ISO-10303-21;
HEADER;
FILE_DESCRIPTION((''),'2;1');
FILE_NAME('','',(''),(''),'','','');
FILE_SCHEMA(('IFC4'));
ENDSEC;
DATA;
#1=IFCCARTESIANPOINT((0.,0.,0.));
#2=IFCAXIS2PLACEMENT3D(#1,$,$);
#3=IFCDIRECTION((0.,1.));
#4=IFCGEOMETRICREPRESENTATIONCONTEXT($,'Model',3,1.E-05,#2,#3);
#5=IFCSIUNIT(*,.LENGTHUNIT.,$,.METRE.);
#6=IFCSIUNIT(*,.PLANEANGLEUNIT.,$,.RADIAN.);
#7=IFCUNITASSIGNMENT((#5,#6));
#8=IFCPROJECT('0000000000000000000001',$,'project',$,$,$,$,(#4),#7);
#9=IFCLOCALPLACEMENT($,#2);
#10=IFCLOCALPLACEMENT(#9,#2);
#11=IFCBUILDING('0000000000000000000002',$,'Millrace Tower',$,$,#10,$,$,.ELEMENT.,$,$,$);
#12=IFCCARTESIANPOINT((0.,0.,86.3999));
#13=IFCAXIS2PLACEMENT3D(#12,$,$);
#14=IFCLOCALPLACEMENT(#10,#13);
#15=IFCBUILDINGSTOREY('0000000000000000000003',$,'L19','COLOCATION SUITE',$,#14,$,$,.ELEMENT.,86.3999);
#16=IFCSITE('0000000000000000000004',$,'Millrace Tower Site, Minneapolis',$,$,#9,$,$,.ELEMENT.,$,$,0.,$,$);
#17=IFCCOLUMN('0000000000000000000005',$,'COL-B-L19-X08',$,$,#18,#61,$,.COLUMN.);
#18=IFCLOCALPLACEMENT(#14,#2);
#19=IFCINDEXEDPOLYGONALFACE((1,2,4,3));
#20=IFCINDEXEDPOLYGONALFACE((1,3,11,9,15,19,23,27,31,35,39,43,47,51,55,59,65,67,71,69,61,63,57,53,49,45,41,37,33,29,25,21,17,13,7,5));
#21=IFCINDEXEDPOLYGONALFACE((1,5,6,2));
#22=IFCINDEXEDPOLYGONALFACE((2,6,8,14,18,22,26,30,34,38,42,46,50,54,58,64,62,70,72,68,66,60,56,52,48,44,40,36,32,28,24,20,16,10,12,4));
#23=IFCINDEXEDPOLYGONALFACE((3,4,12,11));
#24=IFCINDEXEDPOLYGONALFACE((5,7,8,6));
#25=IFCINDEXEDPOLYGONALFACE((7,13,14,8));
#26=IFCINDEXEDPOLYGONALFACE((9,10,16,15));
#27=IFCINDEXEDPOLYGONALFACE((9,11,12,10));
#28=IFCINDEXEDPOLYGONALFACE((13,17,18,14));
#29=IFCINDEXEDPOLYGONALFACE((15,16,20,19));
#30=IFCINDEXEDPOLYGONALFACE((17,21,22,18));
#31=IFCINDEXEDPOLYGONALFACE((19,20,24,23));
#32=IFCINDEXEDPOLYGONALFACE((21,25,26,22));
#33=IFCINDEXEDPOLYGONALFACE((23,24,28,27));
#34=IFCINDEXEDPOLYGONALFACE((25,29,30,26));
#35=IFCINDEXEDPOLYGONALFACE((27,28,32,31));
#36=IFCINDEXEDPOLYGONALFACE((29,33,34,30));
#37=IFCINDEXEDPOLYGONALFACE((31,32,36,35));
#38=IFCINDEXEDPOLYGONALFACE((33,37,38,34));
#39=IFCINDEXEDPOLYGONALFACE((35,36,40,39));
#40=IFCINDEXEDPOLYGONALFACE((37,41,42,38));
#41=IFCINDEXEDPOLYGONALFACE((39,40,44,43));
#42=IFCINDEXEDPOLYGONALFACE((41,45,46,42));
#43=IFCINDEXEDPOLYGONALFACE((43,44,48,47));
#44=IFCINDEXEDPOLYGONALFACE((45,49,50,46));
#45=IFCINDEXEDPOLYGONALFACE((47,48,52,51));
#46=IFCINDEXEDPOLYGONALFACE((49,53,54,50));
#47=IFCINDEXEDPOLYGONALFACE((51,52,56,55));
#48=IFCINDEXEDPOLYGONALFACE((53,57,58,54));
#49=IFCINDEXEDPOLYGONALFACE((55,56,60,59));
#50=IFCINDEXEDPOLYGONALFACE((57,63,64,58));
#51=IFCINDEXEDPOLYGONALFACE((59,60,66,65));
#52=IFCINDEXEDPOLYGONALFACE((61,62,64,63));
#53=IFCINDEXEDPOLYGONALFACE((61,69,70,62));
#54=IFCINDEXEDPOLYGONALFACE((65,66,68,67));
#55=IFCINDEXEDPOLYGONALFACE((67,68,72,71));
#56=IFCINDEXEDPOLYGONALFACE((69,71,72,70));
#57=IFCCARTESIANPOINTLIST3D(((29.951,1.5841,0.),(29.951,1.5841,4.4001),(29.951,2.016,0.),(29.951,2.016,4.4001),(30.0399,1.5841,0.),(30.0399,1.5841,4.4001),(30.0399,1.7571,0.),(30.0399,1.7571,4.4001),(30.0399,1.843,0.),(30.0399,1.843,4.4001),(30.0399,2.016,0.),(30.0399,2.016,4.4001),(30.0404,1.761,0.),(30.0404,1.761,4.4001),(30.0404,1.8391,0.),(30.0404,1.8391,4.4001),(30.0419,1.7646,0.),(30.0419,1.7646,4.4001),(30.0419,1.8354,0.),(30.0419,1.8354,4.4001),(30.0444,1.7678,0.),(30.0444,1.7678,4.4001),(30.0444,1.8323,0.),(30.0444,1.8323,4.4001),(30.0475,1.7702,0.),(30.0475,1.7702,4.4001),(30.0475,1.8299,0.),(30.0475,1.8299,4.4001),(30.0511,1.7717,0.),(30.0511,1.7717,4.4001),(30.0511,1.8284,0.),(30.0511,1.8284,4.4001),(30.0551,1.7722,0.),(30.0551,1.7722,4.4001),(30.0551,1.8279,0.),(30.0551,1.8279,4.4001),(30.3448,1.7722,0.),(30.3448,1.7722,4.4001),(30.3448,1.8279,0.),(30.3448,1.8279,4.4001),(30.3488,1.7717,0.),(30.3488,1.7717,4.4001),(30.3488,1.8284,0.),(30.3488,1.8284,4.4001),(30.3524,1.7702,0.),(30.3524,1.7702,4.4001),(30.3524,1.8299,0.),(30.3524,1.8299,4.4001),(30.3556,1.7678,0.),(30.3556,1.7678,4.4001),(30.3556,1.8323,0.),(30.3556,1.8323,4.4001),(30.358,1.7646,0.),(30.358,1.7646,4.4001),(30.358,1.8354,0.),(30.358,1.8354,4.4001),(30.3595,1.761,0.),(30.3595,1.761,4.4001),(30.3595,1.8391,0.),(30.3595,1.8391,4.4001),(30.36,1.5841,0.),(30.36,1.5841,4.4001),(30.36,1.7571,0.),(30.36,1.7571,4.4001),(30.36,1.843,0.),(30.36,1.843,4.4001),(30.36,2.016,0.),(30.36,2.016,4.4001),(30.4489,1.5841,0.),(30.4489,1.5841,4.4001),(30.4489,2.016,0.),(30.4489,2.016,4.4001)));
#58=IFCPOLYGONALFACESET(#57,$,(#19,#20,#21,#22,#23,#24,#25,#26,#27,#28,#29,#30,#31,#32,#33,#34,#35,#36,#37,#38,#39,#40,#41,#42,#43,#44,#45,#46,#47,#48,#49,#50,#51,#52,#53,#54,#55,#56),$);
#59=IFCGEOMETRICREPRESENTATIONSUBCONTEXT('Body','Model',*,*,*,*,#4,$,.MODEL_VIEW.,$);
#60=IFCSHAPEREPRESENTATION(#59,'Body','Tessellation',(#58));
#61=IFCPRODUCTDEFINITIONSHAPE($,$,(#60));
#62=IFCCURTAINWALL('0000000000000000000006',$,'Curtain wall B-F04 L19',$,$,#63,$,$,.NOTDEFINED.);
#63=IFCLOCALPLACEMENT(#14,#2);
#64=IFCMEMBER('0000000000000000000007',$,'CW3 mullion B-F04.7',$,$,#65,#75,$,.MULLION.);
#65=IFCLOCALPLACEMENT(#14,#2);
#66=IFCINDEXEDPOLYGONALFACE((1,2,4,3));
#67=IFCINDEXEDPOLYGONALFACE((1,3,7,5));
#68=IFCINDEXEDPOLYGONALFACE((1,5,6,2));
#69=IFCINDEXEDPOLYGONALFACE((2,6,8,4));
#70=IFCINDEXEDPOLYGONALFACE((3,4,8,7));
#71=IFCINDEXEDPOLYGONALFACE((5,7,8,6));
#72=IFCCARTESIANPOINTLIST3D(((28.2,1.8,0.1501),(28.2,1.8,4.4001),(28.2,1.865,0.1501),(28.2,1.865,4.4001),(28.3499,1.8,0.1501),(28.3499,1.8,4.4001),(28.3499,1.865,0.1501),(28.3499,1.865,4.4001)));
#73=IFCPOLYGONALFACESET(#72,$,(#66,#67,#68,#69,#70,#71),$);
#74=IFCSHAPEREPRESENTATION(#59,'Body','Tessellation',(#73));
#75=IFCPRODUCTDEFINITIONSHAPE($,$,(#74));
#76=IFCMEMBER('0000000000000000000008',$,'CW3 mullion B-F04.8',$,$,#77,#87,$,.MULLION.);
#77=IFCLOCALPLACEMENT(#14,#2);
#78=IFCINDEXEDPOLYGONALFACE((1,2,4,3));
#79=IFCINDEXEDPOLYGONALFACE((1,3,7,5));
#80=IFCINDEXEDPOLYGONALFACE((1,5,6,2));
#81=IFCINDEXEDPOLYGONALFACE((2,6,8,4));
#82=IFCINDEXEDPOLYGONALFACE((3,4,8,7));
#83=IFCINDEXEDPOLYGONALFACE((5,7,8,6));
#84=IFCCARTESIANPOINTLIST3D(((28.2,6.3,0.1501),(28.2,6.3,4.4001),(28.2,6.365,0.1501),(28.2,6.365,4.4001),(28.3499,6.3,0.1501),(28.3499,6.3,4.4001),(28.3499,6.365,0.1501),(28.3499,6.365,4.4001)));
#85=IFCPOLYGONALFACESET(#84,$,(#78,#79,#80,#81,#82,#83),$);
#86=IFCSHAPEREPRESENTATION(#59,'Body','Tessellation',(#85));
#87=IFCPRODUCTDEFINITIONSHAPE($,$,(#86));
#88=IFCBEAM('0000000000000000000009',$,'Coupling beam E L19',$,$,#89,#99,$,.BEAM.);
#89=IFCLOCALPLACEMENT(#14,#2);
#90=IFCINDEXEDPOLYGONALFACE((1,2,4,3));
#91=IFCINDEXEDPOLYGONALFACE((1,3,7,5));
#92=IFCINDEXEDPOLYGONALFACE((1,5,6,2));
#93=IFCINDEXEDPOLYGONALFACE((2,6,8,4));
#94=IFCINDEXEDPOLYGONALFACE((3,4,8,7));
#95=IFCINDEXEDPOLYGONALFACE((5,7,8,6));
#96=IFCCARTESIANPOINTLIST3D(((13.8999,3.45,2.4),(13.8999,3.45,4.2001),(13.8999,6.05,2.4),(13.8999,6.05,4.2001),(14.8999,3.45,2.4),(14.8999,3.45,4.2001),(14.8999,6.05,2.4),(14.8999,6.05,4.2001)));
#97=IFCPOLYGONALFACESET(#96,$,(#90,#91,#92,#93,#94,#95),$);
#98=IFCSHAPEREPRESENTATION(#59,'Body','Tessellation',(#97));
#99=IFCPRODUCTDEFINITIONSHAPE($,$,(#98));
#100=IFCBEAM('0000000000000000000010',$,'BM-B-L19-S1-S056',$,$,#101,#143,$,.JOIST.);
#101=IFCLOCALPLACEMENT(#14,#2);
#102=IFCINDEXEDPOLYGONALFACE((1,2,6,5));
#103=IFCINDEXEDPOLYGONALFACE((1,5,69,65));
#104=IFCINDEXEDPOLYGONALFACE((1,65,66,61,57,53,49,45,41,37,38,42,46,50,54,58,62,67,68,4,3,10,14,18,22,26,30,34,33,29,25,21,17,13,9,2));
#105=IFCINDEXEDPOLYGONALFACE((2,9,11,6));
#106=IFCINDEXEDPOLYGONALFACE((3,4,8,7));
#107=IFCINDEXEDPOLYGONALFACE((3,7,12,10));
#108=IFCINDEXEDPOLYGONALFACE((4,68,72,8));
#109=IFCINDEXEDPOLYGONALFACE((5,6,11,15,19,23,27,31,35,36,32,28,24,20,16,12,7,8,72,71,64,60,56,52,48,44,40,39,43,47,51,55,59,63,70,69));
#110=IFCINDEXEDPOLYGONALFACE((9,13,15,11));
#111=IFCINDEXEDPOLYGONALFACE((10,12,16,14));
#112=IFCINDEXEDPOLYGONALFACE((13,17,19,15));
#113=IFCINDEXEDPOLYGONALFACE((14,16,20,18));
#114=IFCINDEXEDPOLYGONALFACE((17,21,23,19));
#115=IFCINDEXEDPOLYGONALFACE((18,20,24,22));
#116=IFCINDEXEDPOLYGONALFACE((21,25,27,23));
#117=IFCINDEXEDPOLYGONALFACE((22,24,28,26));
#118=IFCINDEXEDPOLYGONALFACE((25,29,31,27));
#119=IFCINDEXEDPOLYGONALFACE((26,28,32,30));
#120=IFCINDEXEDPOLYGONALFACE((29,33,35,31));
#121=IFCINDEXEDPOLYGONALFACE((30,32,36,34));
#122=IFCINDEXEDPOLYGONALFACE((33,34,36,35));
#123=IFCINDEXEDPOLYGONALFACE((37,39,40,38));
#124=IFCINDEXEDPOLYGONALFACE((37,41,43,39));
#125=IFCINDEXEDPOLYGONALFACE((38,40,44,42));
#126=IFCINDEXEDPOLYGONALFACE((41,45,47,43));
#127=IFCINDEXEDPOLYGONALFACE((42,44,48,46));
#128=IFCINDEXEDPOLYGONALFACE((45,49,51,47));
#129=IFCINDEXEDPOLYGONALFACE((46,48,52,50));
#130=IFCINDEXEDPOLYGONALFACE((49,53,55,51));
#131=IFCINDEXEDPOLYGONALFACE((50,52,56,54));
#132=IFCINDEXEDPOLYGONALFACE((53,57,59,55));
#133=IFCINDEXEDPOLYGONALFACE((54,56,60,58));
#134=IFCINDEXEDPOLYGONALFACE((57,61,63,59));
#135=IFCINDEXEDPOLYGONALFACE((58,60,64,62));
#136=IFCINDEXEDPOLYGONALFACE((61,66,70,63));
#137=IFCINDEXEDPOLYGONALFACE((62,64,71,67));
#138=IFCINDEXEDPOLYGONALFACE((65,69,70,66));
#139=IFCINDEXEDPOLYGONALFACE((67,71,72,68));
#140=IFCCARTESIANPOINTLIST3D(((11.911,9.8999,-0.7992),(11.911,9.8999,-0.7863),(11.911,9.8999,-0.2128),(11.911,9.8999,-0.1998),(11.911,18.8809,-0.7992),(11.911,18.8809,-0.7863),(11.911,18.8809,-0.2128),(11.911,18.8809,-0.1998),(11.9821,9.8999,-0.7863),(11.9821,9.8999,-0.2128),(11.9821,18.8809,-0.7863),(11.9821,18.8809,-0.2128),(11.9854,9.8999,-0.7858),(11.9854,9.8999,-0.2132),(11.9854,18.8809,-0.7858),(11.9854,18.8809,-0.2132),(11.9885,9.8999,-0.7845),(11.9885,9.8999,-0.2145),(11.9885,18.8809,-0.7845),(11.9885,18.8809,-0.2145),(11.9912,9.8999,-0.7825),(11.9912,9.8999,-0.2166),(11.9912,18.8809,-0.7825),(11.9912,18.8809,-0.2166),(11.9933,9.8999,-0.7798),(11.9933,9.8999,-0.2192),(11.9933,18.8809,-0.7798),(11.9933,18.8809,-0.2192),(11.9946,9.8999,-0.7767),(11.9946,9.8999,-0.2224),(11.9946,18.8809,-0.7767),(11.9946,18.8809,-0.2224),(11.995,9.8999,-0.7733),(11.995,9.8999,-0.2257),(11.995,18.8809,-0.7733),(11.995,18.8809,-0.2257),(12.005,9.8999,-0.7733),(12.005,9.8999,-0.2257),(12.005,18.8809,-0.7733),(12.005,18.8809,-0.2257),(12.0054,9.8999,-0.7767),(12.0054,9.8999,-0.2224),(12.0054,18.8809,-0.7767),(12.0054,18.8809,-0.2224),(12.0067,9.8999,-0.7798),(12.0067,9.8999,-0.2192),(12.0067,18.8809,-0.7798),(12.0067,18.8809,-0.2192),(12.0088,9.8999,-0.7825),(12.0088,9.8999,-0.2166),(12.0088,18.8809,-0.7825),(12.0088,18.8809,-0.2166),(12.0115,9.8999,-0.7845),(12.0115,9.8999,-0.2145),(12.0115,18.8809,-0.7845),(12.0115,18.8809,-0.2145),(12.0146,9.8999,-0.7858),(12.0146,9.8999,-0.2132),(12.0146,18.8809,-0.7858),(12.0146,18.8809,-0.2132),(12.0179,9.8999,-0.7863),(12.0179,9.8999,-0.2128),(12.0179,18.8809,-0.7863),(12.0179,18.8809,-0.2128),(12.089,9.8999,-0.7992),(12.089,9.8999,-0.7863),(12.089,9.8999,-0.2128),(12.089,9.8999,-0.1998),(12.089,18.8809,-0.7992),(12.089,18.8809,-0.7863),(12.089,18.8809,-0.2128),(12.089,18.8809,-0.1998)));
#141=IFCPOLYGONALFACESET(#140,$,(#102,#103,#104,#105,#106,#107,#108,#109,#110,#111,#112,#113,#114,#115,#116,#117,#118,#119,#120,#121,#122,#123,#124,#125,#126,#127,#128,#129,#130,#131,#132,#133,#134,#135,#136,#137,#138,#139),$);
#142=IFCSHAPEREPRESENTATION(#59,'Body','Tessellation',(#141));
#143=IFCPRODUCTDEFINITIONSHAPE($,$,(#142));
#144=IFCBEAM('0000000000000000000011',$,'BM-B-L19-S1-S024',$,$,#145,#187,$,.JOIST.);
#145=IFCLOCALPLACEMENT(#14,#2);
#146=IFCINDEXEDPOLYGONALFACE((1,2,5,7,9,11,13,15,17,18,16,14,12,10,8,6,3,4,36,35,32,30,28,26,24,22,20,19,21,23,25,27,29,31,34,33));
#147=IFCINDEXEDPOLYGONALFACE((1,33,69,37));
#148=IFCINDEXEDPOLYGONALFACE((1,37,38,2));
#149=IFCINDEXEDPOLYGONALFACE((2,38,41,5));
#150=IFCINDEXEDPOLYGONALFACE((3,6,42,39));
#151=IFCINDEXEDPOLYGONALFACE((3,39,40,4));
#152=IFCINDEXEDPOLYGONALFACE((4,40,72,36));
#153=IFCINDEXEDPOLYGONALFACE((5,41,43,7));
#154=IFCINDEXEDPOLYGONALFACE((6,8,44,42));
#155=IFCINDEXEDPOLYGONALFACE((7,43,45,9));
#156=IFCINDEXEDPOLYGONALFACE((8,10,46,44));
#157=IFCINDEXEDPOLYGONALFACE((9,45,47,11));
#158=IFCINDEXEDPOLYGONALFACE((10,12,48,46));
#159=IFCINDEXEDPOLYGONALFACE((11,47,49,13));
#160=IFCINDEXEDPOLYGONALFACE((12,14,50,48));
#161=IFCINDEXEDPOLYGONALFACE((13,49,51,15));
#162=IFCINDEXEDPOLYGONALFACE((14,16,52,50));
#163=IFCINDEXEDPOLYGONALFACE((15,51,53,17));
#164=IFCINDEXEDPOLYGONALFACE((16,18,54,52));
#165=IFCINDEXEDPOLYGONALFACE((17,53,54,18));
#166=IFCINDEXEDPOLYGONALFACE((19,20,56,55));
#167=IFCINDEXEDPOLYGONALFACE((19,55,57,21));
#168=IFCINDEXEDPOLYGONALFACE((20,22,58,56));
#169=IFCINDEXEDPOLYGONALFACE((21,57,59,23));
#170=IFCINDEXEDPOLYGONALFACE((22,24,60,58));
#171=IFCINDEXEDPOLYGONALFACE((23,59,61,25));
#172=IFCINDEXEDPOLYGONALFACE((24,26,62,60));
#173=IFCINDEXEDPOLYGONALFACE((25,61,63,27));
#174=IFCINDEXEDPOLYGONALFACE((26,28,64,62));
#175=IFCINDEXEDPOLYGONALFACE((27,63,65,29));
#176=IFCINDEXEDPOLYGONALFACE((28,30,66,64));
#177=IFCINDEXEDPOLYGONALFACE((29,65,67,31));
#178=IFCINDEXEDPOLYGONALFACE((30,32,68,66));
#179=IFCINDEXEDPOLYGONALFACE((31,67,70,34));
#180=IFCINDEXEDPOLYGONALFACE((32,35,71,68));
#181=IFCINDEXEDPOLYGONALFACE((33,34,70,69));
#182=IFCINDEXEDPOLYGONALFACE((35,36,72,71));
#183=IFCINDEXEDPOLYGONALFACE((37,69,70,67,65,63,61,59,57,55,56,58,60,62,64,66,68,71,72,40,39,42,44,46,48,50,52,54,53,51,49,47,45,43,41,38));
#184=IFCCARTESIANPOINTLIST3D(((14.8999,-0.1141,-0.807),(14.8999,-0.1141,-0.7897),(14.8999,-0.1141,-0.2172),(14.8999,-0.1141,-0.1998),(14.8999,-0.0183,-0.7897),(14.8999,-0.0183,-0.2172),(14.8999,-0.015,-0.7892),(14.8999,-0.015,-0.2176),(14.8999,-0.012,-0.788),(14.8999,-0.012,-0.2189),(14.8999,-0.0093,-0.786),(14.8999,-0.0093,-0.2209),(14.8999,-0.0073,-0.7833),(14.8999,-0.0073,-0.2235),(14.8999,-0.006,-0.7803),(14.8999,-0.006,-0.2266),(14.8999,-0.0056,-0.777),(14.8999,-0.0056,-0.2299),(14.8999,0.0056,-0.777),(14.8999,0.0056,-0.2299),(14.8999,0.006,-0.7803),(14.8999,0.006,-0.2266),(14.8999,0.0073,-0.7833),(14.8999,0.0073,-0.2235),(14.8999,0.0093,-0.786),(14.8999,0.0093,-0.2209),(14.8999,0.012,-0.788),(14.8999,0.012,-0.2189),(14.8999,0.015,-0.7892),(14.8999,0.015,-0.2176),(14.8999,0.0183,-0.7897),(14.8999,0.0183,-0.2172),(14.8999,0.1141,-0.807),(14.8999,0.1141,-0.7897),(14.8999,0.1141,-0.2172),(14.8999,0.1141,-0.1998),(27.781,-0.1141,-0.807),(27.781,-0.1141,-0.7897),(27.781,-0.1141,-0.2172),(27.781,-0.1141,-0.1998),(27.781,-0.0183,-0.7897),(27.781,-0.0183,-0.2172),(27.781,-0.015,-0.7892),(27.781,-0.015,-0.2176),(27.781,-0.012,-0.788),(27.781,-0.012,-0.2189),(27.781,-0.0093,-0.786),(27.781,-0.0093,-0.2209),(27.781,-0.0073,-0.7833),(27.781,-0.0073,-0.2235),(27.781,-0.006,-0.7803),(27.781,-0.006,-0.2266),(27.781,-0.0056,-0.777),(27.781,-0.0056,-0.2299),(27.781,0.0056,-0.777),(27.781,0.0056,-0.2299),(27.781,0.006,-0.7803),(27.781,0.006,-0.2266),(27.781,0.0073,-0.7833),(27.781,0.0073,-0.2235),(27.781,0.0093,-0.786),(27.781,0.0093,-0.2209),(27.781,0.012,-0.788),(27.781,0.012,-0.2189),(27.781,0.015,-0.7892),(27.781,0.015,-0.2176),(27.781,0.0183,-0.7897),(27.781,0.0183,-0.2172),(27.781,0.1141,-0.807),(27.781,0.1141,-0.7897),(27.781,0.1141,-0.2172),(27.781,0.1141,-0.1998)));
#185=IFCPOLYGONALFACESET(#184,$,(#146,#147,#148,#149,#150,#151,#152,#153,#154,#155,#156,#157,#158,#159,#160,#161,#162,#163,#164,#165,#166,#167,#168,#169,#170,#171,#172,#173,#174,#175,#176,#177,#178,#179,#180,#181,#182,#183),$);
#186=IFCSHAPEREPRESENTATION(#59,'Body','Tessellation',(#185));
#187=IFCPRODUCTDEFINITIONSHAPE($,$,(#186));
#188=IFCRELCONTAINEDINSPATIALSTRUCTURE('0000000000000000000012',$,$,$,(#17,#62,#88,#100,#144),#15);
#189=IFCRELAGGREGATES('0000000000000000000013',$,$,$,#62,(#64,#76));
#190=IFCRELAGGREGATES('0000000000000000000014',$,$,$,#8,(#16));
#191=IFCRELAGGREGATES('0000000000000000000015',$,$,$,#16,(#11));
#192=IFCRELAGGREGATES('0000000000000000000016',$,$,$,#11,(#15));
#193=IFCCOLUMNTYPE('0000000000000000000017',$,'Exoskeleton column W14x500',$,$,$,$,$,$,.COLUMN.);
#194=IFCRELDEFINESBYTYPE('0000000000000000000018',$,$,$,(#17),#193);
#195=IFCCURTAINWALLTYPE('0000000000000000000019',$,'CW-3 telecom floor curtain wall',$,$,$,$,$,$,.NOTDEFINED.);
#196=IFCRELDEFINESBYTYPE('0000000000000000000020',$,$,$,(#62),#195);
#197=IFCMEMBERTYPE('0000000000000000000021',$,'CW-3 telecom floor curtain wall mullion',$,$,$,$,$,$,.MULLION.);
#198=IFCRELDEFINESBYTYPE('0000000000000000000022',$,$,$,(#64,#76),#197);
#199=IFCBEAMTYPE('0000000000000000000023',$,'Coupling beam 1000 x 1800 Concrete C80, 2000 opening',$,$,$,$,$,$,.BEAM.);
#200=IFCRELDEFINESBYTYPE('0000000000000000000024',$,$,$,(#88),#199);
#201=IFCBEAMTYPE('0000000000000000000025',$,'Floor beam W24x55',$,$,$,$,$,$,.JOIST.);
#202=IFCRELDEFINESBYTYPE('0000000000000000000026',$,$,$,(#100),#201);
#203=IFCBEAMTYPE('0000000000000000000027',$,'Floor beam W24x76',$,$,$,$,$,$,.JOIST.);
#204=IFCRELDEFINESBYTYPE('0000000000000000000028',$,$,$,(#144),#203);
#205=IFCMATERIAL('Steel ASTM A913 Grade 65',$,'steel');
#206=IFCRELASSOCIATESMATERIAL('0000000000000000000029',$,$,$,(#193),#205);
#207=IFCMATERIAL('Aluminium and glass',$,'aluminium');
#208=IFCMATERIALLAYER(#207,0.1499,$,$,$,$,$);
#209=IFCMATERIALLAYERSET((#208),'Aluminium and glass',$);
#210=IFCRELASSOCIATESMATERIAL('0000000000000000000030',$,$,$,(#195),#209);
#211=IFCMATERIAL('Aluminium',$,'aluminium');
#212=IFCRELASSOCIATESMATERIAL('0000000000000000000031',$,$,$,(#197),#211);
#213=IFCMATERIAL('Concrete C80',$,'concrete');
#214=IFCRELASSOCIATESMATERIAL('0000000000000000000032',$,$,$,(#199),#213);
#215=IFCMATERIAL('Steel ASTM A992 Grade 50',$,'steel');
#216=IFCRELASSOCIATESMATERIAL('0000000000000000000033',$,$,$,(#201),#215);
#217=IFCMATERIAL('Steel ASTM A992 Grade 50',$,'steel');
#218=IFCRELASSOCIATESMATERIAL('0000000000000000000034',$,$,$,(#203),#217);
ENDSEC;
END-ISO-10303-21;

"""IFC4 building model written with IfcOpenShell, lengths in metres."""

from ifc_helpers import new_model, si_unit, direction, frame, origin, origin_2d, place, context, subcontext, project, spatial, rectangle, i_section, extrude, material, layer, layer_set, material_profile, profile_set, type_object, element, aggregate, save


model = new_model("IFC4")

# Units and contexts
model_context = context("Model", 3, precision=1e-05, world=origin(), true_north=direction((0.0, 1.0)))
body_context = subcontext(model_context, "Body", "Model", "MODEL_VIEW")
ifc_project = project(units=[si_unit("LENGTHUNIT", "METRE"), si_unit("PLANEANGLEUNIT", "RADIAN")], contexts=[model_context])

# Site, building, storey
site_placement = place(None, origin())
site = spatial("IfcSite", under=ifc_project, at=site_placement, Name="Millrace Tower Site, Minneapolis", CompositionType="ELEMENT", RefElevation=0.0)
building_placement = place(site_placement, origin())
building = spatial("IfcBuilding", under=site, at=building_placement, Name="Millrace Tower", CompositionType="ELEMENT")
storey_placement = place(building_placement, frame((0.0, 0.0, 86.3999)))
storey = spatial("IfcBuildingStorey", under=building, at=storey_placement, Name="L19", Description="COLOCATION SUITE", CompositionType="ELEMENT", Elevation=86.3999)

# Column
ifc_material_1 = material(Name="Steel ASTM A913 Grade 65", Category="steel")
ifc_material_profile_1 = material_profile(ifc_material_1, i_section(OverallWidth=0.4319, OverallDepth=0.4978, WebThickness=0.0557, FlangeThickness=0.0889, FilletRadius=0.0151, at=origin_2d()))
ifc_profile_set_1 = profile_set([ifc_material_profile_1], Name="Steel ASTM A913 Grade 65")
column_type = type_object("IfcColumnType", Name="Exoskeleton column W14x500", PredefinedType="COLUMN", material=ifc_profile_set_1)
column_placement = place(storey_placement, frame((30.2, 1.8, 0.0), z_axis=(0.0, 0.0, 1.0), x_axis=(0.0, 1.0, 0.0)))
element("IfcColumn", 1, at=column_placement, inside=storey, type_object=column_type, Name="COL-B-L19-X08", PredefinedType="COLUMN", context=body_context, shape_type="SweptSolid", body=[
    extrude(i_section(OverallWidth=0.4319, OverallDepth=0.4978, WebThickness=0.0557, FlangeThickness=0.0889, FilletRadius=0.0151, at=origin_2d()), origin(), (0.0, 0.0, 1.0), 4.4001),
])

# Curtain wall, members
ifc_material_2 = material(Name="Aluminium and glass", Category="aluminium")
ifc_layer_1 = layer(ifc_material_2, 0.1499)
ifc_layer_set_1 = layer_set([ifc_layer_1], Name="Aluminium and glass")
curtain_wall_type = type_object("IfcCurtainWallType", Name="CW-3 telecom floor curtain wall", PredefinedType="NOTDEFINED", material=ifc_layer_set_1)
curtain_wall_placement = place(storey_placement, origin())
curtain_wall = element("IfcCurtainWall", 2, at=curtain_wall_placement, inside=storey, type_object=curtain_wall_type, Name="Curtain wall B-F04 L19", PredefinedType="NOTDEFINED")
ifc_material_3 = material(Name="Aluminium", Category="aluminium")
ifc_material_profile_2 = material_profile(ifc_material_3, rectangle(XDim=0.0649, YDim=0.1499, at=origin_2d()))
ifc_profile_set_2 = profile_set([ifc_material_profile_2], Name="Aluminium")
member_type = type_object("IfcMemberType", Name="CW-3 telecom floor curtain wall mullion", PredefinedType="MULLION", material=ifc_profile_set_2)
member_1_placement = place(storey_placement, frame((28.2749, 1.8325, 0.1501), z_axis=(0.0, 0.0, 1.0), x_axis=(0.0, 1.0, 0.0)))
member_1 = element("IfcMember", 3, at=member_1_placement, type_object=member_type, Name="CW3 mullion B-F04.7", PredefinedType="MULLION", context=body_context, shape_type="SweptSolid", body=[
    extrude(rectangle(XDim=0.0649, YDim=0.1499, at=origin_2d()), origin(), (0.0, 0.0, 1.0), 4.25),
])
member_2_placement = place(storey_placement, frame((28.2749, 6.3325, 0.1501), z_axis=(0.0, 0.0, 1.0), x_axis=(0.0, 1.0, 0.0)))
member_2 = element("IfcMember", 4, at=member_2_placement, type_object=member_type, Name="CW3 mullion B-F04.8", PredefinedType="MULLION", context=body_context, shape_type="SweptSolid", body=[
    extrude(rectangle(XDim=0.0649, YDim=0.1499, at=origin_2d()), origin(), (0.0, 0.0, 1.0), 4.25),
])
aggregate(curtain_wall, [member_1, member_2])

# Beams
ifc_material_4 = material(Name="Concrete C80", Category="concrete")
ifc_material_profile_3 = material_profile(ifc_material_4, rectangle(XDim=1.0, YDim=1.8, at=origin_2d()))
ifc_profile_set_3 = profile_set([ifc_material_profile_3], Name="Concrete C80")
beam_type_1 = type_object("IfcBeamType", Name="Coupling beam 1000 x 1800 Concrete C80, 2000 opening", PredefinedType="BEAM", material=ifc_profile_set_3)
beam_1_placement = place(storey_placement, frame((14.3999, 6.05, 3.3), z_axis=(0.0, -1.0, 0.0), x_axis=(1.0, 0.0, 0.0)))
element("IfcBeam", 5, at=beam_1_placement, inside=storey, type_object=beam_type_1, Name="Coupling beam E L19", PredefinedType="BEAM", context=body_context, shape_type="SweptSolid", body=[
    extrude(rectangle(XDim=1.0, YDim=1.8, at=origin_2d()), origin(), (0.0, 0.0, 1.0), 2.6001),
])
ifc_material_5 = material(Name="Steel ASTM A992 Grade 50", Category="steel")
ifc_material_profile_4 = material_profile(ifc_material_5, i_section(OverallWidth=0.178, OverallDepth=0.5994, WebThickness=0.01, FlangeThickness=0.0129, FilletRadius=0.0129, at=origin_2d()))
ifc_profile_set_4 = profile_set([ifc_material_profile_4], Name="Steel ASTM A992 Grade 50")
beam_type_2 = type_object("IfcBeamType", Name="Floor beam W24x55", PredefinedType="JOIST", material=ifc_profile_set_4)
beam_2_placement = place(storey_placement, frame((12.0, 9.8999, -0.4995), z_axis=(0.0, 1.0, 0.0), x_axis=(-1.0, 0.0, 0.0)))
element("IfcBeam", 6, at=beam_2_placement, inside=storey, type_object=beam_type_2, Name="BM-B-L19-S1-S056", PredefinedType="JOIST", context=body_context, shape_type="SweptSolid", body=[
    extrude(i_section(OverallWidth=0.178, OverallDepth=0.5994, WebThickness=0.01, FlangeThickness=0.0129, FilletRadius=0.0129, at=origin_2d()), origin(), (0.0, 0.0, 1.0), 8.981),
])
ifc_material_6 = material(Name="Steel ASTM A992 Grade 50", Category="steel")
ifc_material_profile_5 = material_profile(ifc_material_6, i_section(OverallWidth=0.2283, OverallDepth=0.6072, WebThickness=0.0112, FlangeThickness=0.0173, FilletRadius=0.0127, at=origin_2d()))
ifc_profile_set_5 = profile_set([ifc_material_profile_5], Name="Steel ASTM A992 Grade 50")
beam_type_3 = type_object("IfcBeamType", Name="Floor beam W24x76", PredefinedType="JOIST", material=ifc_profile_set_5)
for number, where, z_axis, x_axis, name in (
    (7, (14.8999, 0.0, -0.5034), (1.0, 0.0, 0.0), (0.0, 1.0, 0.0), "BM-B-L19-S1-S024"),
):
    element("IfcBeam", number, at=place(storey_placement, frame(where, z_axis=z_axis, x_axis=x_axis)), inside=storey, type_object=beam_type_3, Name=name, PredefinedType="JOIST", context=body_context, shape_type="SweptSolid", body=[
        extrude(i_section(OverallWidth=0.2283, OverallDepth=0.6072, WebThickness=0.0112, FlangeThickness=0.0173, FilletRadius=0.0127, at=origin_2d()), origin(), (0.0, 0.0, 1.0), 12.8811),
    ])

save(model, "model.ifc")
